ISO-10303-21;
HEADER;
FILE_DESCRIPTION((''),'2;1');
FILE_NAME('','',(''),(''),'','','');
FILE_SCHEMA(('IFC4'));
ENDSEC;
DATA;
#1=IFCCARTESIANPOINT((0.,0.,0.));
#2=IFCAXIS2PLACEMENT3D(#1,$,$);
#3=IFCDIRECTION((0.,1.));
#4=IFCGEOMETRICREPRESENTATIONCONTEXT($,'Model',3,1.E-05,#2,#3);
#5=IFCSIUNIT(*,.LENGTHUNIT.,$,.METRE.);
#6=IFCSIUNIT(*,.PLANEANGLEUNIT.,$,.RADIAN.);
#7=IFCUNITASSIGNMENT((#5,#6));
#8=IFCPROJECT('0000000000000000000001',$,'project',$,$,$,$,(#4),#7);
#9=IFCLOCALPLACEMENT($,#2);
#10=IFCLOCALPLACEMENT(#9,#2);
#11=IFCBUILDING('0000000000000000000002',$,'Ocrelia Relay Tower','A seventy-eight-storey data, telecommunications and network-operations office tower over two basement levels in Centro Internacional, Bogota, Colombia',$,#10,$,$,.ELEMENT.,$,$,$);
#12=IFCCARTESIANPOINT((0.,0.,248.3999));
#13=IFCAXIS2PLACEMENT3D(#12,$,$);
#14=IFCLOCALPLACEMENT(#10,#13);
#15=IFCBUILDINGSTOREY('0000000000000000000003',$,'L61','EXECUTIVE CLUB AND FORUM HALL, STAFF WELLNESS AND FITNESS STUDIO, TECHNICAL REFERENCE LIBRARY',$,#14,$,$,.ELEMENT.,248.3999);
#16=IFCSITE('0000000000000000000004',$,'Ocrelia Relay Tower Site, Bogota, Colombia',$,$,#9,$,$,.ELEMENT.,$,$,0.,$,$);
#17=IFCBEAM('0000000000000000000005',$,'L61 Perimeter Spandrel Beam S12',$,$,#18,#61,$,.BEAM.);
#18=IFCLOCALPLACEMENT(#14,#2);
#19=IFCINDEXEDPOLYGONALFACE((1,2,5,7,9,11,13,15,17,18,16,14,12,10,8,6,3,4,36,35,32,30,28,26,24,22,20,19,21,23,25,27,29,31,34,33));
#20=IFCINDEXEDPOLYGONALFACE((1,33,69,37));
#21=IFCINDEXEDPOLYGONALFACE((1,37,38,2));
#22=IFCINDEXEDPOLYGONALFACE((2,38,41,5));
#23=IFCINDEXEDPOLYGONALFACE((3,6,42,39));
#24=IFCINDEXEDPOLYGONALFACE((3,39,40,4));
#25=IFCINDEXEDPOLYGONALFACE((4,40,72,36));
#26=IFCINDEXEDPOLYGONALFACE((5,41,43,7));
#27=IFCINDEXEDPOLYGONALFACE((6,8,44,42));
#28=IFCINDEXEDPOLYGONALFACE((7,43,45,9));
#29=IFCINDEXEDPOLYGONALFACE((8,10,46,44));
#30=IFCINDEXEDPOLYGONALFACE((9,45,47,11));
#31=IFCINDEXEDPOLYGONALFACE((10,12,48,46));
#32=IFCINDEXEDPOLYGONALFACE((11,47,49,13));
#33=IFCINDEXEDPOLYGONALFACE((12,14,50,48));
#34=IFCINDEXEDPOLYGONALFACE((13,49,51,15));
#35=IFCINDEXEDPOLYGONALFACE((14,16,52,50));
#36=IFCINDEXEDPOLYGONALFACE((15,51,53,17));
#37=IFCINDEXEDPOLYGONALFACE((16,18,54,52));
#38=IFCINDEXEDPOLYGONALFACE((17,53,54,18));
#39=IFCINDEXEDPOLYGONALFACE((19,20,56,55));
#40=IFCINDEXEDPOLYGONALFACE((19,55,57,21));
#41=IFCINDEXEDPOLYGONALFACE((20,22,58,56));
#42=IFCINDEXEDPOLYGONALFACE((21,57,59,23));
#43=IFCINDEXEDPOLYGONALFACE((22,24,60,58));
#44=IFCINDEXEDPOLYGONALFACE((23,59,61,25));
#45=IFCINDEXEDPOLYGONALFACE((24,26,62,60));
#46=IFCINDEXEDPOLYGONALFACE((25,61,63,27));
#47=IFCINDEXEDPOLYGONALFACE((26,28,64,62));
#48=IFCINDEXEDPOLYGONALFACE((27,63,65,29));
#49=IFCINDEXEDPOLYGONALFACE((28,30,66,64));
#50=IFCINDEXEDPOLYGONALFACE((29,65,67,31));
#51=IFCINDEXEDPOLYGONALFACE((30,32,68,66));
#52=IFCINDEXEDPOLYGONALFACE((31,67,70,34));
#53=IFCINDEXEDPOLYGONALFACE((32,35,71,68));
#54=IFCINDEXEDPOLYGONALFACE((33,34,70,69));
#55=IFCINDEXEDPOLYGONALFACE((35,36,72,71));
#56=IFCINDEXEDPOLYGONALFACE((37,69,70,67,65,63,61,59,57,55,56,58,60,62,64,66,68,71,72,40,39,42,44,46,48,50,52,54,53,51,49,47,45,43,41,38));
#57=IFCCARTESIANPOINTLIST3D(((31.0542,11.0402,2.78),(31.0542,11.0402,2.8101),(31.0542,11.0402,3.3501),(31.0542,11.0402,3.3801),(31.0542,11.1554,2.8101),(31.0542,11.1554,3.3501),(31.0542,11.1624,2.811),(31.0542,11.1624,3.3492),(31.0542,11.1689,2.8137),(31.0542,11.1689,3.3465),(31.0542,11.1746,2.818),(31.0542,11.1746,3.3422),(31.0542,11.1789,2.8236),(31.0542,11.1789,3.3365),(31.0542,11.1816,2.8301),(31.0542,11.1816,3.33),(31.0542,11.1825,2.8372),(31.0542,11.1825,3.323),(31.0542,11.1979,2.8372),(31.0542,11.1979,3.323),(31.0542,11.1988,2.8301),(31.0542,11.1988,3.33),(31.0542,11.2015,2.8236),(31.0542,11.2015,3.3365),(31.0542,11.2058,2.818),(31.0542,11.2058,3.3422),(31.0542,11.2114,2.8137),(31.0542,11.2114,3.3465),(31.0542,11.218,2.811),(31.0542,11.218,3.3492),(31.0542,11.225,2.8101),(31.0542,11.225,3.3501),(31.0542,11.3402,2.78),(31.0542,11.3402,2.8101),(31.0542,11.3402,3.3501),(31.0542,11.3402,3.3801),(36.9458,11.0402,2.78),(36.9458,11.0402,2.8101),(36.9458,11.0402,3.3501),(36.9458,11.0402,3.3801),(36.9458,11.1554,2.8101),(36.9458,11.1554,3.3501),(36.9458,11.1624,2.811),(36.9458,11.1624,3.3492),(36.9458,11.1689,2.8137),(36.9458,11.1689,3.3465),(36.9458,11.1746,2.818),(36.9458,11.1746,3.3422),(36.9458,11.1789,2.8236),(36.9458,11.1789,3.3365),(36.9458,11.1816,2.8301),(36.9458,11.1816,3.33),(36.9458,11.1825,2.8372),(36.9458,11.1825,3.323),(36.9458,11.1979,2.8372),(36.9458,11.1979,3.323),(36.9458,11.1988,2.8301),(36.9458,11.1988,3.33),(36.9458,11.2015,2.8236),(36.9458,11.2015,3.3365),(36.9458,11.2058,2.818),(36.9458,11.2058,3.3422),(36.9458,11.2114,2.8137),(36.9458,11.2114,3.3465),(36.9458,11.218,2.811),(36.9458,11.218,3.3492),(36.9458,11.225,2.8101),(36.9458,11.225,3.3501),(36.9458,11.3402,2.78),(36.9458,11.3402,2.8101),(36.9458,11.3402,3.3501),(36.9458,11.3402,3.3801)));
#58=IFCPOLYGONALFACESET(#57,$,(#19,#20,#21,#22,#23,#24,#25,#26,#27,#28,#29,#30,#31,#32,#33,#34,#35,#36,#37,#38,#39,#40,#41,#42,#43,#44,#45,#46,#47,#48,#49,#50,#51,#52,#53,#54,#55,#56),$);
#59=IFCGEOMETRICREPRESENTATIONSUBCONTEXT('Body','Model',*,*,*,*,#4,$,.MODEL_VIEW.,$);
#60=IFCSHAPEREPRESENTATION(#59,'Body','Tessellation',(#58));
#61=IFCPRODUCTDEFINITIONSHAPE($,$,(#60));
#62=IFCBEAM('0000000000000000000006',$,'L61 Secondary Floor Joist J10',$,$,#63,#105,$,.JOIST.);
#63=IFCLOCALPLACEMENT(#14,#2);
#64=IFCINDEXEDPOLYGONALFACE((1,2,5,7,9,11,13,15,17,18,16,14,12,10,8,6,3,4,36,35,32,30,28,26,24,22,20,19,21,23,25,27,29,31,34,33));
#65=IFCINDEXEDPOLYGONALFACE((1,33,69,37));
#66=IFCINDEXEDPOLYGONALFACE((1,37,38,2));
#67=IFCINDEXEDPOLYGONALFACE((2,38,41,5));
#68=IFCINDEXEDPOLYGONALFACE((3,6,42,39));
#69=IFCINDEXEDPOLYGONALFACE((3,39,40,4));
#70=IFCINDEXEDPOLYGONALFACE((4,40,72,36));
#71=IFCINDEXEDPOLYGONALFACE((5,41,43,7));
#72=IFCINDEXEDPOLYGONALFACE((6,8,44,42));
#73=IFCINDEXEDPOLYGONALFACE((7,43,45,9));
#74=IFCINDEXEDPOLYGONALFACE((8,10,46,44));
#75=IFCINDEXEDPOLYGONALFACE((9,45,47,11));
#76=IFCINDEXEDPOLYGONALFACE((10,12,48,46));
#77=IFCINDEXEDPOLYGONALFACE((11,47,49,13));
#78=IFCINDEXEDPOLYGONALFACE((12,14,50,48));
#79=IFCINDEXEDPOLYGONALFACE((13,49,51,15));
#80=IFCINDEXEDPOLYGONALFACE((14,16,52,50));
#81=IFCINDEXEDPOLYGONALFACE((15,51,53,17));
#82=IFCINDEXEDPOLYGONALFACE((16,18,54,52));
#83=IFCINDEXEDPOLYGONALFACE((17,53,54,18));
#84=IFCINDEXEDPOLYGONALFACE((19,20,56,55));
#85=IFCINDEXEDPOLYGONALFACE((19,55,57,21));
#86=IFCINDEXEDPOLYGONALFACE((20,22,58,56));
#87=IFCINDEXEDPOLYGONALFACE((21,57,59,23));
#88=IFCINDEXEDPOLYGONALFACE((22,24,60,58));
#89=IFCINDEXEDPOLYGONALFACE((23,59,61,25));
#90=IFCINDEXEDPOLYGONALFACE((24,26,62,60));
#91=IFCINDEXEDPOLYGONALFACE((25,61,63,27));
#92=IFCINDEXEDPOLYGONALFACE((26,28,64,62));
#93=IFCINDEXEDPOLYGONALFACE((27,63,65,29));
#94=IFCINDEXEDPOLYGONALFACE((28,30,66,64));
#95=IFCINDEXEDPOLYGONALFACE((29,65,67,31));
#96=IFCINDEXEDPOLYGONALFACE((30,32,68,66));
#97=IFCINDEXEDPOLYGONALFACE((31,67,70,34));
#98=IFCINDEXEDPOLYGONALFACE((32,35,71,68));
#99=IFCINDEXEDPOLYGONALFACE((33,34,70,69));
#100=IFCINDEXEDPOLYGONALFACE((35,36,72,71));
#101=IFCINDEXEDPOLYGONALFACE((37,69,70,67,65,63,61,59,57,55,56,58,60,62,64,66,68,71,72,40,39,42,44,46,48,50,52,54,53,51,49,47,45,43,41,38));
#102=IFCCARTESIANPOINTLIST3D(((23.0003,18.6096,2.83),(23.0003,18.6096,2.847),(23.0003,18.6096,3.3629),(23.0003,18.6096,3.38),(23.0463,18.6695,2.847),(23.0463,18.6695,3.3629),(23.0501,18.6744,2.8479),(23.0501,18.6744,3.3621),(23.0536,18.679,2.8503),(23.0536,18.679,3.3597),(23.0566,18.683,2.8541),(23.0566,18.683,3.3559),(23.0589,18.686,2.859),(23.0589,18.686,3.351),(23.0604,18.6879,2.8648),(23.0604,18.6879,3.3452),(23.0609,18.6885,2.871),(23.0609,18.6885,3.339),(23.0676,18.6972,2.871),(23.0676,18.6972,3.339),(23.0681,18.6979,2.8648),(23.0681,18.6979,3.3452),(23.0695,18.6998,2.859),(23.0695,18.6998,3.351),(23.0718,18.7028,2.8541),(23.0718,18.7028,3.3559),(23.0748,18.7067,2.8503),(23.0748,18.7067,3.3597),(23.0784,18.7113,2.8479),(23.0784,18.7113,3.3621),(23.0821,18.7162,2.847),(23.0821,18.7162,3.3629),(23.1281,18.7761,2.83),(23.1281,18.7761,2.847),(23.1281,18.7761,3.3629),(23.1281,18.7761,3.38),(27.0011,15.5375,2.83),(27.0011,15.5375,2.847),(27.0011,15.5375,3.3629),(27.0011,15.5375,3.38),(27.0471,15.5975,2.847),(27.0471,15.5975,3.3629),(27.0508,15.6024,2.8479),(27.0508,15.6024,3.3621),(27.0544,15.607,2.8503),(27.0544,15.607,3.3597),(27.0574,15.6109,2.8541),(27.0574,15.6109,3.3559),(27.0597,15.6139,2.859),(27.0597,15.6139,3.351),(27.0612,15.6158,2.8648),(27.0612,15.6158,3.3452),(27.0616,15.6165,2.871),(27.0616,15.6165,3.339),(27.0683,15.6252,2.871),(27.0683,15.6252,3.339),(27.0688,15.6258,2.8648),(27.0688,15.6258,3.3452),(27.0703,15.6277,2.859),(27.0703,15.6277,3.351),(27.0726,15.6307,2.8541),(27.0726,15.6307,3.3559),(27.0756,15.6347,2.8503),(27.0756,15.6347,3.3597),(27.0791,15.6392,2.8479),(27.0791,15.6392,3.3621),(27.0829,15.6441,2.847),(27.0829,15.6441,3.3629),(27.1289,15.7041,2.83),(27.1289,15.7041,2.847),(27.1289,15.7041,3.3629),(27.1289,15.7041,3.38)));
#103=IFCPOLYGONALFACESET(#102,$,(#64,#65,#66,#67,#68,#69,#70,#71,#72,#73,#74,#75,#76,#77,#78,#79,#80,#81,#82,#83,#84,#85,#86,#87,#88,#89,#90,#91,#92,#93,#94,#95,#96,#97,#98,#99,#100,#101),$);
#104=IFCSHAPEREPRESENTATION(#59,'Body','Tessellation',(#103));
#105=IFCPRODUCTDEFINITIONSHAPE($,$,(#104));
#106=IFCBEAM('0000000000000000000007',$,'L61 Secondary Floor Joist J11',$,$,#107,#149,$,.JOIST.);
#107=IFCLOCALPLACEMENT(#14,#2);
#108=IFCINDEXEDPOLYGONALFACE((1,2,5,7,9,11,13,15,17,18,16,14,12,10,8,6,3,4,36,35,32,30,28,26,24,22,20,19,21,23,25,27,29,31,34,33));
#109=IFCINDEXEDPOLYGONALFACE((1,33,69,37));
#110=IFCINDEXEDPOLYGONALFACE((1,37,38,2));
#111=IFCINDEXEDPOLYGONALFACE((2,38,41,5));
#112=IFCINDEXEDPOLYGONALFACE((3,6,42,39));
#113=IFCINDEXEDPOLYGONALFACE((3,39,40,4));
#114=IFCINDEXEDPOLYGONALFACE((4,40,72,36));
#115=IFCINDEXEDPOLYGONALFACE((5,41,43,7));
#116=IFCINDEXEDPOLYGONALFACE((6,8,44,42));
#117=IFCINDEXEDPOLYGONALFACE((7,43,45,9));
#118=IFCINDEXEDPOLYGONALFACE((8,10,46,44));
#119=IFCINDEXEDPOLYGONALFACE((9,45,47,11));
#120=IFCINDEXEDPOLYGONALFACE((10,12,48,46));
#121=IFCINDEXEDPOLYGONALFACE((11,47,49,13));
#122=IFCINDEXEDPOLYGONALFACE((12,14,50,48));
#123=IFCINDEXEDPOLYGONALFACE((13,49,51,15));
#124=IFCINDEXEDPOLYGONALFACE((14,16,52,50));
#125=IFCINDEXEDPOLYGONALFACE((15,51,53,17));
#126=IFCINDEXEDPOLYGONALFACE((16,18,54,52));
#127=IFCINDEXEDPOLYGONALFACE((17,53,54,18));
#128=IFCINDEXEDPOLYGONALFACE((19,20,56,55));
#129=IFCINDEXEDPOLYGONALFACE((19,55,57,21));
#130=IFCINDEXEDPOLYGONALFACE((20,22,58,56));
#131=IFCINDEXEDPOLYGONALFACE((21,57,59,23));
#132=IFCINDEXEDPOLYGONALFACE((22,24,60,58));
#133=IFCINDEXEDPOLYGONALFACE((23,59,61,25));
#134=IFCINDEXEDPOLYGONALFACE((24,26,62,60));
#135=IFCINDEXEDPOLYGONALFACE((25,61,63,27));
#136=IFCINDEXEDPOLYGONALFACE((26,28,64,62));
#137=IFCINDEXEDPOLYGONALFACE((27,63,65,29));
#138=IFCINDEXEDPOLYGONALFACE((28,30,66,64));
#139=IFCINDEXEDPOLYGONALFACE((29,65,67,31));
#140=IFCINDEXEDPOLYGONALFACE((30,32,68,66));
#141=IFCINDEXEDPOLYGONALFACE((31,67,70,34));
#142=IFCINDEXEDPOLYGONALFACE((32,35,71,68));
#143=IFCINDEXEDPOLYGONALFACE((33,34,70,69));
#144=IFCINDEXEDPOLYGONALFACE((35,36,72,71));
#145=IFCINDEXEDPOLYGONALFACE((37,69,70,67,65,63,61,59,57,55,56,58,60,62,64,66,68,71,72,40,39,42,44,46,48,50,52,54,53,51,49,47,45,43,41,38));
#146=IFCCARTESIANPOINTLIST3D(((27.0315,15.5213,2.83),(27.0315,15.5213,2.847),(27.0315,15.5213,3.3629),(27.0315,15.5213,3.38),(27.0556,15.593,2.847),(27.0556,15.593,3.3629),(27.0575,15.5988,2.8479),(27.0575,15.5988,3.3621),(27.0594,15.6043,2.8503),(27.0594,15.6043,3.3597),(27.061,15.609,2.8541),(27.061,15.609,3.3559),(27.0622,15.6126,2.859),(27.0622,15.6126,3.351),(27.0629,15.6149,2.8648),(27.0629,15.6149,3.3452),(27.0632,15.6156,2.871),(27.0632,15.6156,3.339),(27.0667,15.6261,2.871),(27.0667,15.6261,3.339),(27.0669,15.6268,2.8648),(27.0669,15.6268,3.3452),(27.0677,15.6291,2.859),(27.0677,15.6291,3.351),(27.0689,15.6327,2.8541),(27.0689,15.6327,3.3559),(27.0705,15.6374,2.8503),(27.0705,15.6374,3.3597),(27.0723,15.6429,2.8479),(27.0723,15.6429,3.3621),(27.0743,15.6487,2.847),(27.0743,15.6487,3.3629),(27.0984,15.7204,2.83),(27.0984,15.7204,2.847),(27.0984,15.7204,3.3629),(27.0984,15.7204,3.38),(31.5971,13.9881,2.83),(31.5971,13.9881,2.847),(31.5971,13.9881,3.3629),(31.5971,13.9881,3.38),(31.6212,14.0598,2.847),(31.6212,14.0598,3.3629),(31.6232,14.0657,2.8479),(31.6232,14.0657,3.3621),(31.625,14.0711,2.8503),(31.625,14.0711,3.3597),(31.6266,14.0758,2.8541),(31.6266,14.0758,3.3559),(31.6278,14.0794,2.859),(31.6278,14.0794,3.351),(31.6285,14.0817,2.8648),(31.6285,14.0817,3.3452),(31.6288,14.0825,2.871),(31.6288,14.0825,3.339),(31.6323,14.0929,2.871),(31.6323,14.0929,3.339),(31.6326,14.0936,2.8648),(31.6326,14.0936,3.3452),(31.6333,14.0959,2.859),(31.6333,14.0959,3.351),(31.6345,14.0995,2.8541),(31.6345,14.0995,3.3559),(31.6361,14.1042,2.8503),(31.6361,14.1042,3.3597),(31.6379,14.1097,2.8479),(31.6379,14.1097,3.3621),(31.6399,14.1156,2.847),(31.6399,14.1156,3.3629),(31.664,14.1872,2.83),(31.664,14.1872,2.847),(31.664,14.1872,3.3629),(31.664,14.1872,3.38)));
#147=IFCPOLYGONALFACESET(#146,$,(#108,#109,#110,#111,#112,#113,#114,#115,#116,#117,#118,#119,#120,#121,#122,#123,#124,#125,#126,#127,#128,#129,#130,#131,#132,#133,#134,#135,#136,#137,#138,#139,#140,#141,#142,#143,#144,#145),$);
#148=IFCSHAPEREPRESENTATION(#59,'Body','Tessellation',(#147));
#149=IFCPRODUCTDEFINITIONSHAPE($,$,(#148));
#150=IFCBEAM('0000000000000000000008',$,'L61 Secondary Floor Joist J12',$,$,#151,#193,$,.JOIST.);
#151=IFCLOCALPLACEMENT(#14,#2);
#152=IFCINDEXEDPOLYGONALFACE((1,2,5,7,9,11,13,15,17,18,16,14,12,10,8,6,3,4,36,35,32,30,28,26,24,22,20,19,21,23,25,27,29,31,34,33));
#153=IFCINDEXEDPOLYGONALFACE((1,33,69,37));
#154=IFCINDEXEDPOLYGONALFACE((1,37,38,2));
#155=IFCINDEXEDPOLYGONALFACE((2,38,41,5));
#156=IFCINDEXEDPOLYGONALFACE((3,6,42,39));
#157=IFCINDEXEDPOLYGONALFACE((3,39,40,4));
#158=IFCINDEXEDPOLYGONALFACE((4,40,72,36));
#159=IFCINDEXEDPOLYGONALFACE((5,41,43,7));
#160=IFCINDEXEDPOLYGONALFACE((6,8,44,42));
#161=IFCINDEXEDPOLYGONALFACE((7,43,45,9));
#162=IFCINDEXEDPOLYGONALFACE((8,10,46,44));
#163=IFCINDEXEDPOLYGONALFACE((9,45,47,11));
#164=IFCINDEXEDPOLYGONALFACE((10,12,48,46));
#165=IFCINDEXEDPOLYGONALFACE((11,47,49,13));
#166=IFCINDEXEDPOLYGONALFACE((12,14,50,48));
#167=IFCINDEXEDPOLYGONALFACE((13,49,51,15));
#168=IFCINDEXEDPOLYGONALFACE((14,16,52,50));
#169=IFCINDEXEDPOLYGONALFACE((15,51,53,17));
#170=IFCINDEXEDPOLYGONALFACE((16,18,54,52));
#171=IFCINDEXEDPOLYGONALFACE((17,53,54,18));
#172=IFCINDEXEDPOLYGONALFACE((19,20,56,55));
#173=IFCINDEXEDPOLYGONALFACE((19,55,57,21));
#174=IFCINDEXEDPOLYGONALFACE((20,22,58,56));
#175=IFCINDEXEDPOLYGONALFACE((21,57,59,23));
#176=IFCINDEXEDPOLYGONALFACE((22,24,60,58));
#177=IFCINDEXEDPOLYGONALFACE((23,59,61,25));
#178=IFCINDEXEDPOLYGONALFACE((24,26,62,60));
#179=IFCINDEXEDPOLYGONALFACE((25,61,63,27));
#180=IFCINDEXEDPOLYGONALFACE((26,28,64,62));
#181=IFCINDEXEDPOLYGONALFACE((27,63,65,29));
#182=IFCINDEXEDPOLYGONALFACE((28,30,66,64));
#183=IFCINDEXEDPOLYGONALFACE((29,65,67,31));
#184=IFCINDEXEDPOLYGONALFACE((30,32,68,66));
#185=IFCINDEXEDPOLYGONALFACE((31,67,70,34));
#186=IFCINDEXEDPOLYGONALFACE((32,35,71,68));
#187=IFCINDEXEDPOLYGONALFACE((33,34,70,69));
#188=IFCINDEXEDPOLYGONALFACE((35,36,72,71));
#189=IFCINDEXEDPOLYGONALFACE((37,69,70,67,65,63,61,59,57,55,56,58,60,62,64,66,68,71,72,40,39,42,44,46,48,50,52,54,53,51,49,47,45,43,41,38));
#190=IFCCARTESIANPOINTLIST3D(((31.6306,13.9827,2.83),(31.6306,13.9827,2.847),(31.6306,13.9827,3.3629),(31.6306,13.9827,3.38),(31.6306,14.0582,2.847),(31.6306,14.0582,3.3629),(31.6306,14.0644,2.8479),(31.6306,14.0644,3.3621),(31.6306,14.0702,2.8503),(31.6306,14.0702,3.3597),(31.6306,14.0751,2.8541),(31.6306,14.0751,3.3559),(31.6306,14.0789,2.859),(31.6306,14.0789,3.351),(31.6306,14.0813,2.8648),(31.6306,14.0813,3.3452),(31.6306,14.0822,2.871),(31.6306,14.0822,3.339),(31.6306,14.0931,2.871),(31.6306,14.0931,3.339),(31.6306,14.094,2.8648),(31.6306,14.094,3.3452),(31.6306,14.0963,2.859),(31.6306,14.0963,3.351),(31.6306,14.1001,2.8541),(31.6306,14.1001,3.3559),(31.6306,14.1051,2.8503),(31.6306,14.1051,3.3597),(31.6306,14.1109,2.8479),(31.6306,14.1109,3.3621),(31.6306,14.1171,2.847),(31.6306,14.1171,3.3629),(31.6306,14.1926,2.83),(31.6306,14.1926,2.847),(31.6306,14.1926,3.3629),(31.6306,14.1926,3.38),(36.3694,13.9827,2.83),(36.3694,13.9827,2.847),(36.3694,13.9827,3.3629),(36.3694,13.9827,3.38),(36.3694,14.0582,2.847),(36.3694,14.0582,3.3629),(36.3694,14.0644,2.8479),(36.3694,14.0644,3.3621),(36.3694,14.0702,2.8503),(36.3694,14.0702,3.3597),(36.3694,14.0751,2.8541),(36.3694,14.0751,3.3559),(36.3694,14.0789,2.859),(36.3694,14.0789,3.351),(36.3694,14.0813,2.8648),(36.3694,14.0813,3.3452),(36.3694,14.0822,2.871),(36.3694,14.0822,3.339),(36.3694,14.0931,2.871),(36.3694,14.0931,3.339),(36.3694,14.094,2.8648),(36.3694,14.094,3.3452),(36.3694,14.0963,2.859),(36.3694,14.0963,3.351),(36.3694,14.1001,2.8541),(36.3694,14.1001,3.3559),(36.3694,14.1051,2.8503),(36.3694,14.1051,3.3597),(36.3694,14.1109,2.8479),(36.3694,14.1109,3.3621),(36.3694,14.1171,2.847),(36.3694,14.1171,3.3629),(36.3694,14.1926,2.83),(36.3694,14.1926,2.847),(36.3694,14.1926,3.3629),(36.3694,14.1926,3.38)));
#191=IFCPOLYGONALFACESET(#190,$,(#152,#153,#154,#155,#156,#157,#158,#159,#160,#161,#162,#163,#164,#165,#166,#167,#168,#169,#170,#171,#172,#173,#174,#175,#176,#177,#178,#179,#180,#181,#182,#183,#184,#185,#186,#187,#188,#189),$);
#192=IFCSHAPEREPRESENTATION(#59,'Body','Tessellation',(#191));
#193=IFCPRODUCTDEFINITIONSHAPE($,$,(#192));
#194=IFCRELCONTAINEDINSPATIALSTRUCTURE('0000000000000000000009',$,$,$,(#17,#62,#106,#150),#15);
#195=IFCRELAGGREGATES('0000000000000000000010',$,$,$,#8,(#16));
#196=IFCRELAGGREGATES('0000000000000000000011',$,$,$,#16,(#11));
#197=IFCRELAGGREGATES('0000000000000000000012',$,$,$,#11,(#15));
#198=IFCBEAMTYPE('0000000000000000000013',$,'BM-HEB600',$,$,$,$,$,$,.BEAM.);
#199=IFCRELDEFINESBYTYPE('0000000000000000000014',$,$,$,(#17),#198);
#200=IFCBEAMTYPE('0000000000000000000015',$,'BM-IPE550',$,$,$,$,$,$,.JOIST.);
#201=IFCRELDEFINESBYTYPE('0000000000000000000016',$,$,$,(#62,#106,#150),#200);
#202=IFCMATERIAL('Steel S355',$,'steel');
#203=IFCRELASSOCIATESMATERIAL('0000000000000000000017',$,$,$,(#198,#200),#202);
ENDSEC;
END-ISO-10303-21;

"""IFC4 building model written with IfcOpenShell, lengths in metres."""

from ifc_helpers import new_model, si_unit, direction, frame, origin, origin_2d, place, context, subcontext, project, spatial, i_section, extrude, material, material_profile, profile_set, type_object, element, save


model = new_model("IFC4")

# Units and contexts
model_context = context("Model", 3, precision=1e-05, world=origin(), true_north=direction((0.0, 1.0)))
body_context = subcontext(model_context, "Body", "Model", "MODEL_VIEW")
ifc_project = project(units=[si_unit("LENGTHUNIT", "METRE"), si_unit("PLANEANGLEUNIT", "RADIAN")], contexts=[model_context])

# Site, building, storey
site_placement = place(None, origin())
site = spatial("IfcSite", under=ifc_project, at=site_placement, Name="Ocrelia Relay Tower Site, Bogota, Colombia", CompositionType="ELEMENT", RefElevation=0.0)
building_placement = place(site_placement, origin())
building = spatial("IfcBuilding", under=site, at=building_placement, Name="Ocrelia Relay Tower", Description="A seventy-eight-storey data, telecommunications and network-operations office tower over two basement levels in Centro Internacional, Bogota, Colombia", CompositionType="ELEMENT")
storey_placement = place(building_placement, frame((0.0, 0.0, 248.3999)))
storey = spatial("IfcBuildingStorey", under=building, at=storey_placement, Name="L61", Description="EXECUTIVE CLUB AND FORUM HALL, STAFF WELLNESS AND FITNESS STUDIO, TECHNICAL REFERENCE LIBRARY", CompositionType="ELEMENT", Elevation=248.3999)

# Beams
ifc_material_1 = material(Name="Steel S355", Category="steel")
ifc_material_profile_1 = material_profile(ifc_material_1, i_section(OverallWidth=0.3, OverallDepth=0.6001, WebThickness=0.0154, FlangeThickness=0.03, FilletRadius=0.0271, at=origin_2d()), Name="HEB 600")
ifc_profile_set_1 = profile_set([ifc_material_profile_1], Name="Steel S355")
beam_type_1 = type_object("IfcBeamType", Name="BM-HEB600", PredefinedType="BEAM", material=ifc_profile_set_1)
beam_1_placement = place(storey_placement, frame((31.0542, 11.1902, 3.0801), z_axis=(1.0, 0.0, 0.0), x_axis=(0.0, 1.0, 0.0)))
element("IfcBeam", 1, at=beam_1_placement, inside=storey, type_object=beam_type_1, Name="L61 Perimeter Spandrel Beam S12", PredefinedType="BEAM", context=body_context, shape_type="SweptSolid", body=[
    extrude(i_section(OverallWidth=0.3, OverallDepth=0.6001, WebThickness=0.0154, FlangeThickness=0.03, FilletRadius=0.0271, at=origin_2d()), origin(), (0.0, 0.0, 1.0), 5.8916),
])
ifc_material_profile_2 = material_profile(ifc_material_1, i_section(OverallWidth=0.21, OverallDepth=0.55, WebThickness=0.011, FlangeThickness=0.0171, FilletRadius=0.0239, at=origin_2d()), Name="IPE 550")
ifc_profile_set_2 = profile_set([ifc_material_profile_2], Name="Steel S355")
beam_type_2 = type_object("IfcBeamType", Name="BM-IPE550", PredefinedType="JOIST", material=ifc_profile_set_2)
beam_2_placement = place(storey_placement, frame((23.0642, 18.6929, 3.105), z_axis=(0.793147, -0.60903, 0.0), x_axis=(0.60903, 0.793147, 0.0)))
element("IfcBeam", 2, at=beam_2_placement, inside=storey, type_object=beam_type_2, Name="L61 Secondary Floor Joist J10", PredefinedType="JOIST", context=body_context, shape_type="SweptSolid", body=[
    extrude(i_section(OverallWidth=0.21, OverallDepth=0.55, WebThickness=0.011, FlangeThickness=0.0171, FilletRadius=0.0239, at=origin_2d()), origin(), (0.0, 0.0, 1.0), 5.0442),
])
beam_3_placement = place(storey_placement, frame((27.0649, 15.6208, 3.105), z_axis=(0.947976, -0.318341, 0.0), x_axis=(0.318341, 0.947976, 0.0)))
element("IfcBeam", 3, at=beam_3_placement, inside=storey, type_object=beam_type_2, Name="L61 Secondary Floor Joist J11", PredefinedType="JOIST", context=body_context, shape_type="SweptSolid", body=[
    extrude(i_section(OverallWidth=0.21, OverallDepth=0.55, WebThickness=0.011, FlangeThickness=0.0171, FilletRadius=0.0239, at=origin_2d()), origin(), (0.0, 0.0, 1.0), 4.8162),
])
beam_4_placement = place(storey_placement, frame((31.6306, 14.0876, 3.105), z_axis=(1.0, 0.0, 0.0), x_axis=(0.0, 1.0, 0.0)))
element("IfcBeam", 4, at=beam_4_placement, inside=storey, type_object=beam_type_2, Name="L61 Secondary Floor Joist J12", PredefinedType="JOIST", context=body_context, shape_type="SweptSolid", body=[
    extrude(i_section(OverallWidth=0.21, OverallDepth=0.55, WebThickness=0.011, FlangeThickness=0.0171, FilletRadius=0.0239, at=origin_2d()), origin(), (0.0, 0.0, 1.0), 4.7388),
])

save(model, "model.ifc")
